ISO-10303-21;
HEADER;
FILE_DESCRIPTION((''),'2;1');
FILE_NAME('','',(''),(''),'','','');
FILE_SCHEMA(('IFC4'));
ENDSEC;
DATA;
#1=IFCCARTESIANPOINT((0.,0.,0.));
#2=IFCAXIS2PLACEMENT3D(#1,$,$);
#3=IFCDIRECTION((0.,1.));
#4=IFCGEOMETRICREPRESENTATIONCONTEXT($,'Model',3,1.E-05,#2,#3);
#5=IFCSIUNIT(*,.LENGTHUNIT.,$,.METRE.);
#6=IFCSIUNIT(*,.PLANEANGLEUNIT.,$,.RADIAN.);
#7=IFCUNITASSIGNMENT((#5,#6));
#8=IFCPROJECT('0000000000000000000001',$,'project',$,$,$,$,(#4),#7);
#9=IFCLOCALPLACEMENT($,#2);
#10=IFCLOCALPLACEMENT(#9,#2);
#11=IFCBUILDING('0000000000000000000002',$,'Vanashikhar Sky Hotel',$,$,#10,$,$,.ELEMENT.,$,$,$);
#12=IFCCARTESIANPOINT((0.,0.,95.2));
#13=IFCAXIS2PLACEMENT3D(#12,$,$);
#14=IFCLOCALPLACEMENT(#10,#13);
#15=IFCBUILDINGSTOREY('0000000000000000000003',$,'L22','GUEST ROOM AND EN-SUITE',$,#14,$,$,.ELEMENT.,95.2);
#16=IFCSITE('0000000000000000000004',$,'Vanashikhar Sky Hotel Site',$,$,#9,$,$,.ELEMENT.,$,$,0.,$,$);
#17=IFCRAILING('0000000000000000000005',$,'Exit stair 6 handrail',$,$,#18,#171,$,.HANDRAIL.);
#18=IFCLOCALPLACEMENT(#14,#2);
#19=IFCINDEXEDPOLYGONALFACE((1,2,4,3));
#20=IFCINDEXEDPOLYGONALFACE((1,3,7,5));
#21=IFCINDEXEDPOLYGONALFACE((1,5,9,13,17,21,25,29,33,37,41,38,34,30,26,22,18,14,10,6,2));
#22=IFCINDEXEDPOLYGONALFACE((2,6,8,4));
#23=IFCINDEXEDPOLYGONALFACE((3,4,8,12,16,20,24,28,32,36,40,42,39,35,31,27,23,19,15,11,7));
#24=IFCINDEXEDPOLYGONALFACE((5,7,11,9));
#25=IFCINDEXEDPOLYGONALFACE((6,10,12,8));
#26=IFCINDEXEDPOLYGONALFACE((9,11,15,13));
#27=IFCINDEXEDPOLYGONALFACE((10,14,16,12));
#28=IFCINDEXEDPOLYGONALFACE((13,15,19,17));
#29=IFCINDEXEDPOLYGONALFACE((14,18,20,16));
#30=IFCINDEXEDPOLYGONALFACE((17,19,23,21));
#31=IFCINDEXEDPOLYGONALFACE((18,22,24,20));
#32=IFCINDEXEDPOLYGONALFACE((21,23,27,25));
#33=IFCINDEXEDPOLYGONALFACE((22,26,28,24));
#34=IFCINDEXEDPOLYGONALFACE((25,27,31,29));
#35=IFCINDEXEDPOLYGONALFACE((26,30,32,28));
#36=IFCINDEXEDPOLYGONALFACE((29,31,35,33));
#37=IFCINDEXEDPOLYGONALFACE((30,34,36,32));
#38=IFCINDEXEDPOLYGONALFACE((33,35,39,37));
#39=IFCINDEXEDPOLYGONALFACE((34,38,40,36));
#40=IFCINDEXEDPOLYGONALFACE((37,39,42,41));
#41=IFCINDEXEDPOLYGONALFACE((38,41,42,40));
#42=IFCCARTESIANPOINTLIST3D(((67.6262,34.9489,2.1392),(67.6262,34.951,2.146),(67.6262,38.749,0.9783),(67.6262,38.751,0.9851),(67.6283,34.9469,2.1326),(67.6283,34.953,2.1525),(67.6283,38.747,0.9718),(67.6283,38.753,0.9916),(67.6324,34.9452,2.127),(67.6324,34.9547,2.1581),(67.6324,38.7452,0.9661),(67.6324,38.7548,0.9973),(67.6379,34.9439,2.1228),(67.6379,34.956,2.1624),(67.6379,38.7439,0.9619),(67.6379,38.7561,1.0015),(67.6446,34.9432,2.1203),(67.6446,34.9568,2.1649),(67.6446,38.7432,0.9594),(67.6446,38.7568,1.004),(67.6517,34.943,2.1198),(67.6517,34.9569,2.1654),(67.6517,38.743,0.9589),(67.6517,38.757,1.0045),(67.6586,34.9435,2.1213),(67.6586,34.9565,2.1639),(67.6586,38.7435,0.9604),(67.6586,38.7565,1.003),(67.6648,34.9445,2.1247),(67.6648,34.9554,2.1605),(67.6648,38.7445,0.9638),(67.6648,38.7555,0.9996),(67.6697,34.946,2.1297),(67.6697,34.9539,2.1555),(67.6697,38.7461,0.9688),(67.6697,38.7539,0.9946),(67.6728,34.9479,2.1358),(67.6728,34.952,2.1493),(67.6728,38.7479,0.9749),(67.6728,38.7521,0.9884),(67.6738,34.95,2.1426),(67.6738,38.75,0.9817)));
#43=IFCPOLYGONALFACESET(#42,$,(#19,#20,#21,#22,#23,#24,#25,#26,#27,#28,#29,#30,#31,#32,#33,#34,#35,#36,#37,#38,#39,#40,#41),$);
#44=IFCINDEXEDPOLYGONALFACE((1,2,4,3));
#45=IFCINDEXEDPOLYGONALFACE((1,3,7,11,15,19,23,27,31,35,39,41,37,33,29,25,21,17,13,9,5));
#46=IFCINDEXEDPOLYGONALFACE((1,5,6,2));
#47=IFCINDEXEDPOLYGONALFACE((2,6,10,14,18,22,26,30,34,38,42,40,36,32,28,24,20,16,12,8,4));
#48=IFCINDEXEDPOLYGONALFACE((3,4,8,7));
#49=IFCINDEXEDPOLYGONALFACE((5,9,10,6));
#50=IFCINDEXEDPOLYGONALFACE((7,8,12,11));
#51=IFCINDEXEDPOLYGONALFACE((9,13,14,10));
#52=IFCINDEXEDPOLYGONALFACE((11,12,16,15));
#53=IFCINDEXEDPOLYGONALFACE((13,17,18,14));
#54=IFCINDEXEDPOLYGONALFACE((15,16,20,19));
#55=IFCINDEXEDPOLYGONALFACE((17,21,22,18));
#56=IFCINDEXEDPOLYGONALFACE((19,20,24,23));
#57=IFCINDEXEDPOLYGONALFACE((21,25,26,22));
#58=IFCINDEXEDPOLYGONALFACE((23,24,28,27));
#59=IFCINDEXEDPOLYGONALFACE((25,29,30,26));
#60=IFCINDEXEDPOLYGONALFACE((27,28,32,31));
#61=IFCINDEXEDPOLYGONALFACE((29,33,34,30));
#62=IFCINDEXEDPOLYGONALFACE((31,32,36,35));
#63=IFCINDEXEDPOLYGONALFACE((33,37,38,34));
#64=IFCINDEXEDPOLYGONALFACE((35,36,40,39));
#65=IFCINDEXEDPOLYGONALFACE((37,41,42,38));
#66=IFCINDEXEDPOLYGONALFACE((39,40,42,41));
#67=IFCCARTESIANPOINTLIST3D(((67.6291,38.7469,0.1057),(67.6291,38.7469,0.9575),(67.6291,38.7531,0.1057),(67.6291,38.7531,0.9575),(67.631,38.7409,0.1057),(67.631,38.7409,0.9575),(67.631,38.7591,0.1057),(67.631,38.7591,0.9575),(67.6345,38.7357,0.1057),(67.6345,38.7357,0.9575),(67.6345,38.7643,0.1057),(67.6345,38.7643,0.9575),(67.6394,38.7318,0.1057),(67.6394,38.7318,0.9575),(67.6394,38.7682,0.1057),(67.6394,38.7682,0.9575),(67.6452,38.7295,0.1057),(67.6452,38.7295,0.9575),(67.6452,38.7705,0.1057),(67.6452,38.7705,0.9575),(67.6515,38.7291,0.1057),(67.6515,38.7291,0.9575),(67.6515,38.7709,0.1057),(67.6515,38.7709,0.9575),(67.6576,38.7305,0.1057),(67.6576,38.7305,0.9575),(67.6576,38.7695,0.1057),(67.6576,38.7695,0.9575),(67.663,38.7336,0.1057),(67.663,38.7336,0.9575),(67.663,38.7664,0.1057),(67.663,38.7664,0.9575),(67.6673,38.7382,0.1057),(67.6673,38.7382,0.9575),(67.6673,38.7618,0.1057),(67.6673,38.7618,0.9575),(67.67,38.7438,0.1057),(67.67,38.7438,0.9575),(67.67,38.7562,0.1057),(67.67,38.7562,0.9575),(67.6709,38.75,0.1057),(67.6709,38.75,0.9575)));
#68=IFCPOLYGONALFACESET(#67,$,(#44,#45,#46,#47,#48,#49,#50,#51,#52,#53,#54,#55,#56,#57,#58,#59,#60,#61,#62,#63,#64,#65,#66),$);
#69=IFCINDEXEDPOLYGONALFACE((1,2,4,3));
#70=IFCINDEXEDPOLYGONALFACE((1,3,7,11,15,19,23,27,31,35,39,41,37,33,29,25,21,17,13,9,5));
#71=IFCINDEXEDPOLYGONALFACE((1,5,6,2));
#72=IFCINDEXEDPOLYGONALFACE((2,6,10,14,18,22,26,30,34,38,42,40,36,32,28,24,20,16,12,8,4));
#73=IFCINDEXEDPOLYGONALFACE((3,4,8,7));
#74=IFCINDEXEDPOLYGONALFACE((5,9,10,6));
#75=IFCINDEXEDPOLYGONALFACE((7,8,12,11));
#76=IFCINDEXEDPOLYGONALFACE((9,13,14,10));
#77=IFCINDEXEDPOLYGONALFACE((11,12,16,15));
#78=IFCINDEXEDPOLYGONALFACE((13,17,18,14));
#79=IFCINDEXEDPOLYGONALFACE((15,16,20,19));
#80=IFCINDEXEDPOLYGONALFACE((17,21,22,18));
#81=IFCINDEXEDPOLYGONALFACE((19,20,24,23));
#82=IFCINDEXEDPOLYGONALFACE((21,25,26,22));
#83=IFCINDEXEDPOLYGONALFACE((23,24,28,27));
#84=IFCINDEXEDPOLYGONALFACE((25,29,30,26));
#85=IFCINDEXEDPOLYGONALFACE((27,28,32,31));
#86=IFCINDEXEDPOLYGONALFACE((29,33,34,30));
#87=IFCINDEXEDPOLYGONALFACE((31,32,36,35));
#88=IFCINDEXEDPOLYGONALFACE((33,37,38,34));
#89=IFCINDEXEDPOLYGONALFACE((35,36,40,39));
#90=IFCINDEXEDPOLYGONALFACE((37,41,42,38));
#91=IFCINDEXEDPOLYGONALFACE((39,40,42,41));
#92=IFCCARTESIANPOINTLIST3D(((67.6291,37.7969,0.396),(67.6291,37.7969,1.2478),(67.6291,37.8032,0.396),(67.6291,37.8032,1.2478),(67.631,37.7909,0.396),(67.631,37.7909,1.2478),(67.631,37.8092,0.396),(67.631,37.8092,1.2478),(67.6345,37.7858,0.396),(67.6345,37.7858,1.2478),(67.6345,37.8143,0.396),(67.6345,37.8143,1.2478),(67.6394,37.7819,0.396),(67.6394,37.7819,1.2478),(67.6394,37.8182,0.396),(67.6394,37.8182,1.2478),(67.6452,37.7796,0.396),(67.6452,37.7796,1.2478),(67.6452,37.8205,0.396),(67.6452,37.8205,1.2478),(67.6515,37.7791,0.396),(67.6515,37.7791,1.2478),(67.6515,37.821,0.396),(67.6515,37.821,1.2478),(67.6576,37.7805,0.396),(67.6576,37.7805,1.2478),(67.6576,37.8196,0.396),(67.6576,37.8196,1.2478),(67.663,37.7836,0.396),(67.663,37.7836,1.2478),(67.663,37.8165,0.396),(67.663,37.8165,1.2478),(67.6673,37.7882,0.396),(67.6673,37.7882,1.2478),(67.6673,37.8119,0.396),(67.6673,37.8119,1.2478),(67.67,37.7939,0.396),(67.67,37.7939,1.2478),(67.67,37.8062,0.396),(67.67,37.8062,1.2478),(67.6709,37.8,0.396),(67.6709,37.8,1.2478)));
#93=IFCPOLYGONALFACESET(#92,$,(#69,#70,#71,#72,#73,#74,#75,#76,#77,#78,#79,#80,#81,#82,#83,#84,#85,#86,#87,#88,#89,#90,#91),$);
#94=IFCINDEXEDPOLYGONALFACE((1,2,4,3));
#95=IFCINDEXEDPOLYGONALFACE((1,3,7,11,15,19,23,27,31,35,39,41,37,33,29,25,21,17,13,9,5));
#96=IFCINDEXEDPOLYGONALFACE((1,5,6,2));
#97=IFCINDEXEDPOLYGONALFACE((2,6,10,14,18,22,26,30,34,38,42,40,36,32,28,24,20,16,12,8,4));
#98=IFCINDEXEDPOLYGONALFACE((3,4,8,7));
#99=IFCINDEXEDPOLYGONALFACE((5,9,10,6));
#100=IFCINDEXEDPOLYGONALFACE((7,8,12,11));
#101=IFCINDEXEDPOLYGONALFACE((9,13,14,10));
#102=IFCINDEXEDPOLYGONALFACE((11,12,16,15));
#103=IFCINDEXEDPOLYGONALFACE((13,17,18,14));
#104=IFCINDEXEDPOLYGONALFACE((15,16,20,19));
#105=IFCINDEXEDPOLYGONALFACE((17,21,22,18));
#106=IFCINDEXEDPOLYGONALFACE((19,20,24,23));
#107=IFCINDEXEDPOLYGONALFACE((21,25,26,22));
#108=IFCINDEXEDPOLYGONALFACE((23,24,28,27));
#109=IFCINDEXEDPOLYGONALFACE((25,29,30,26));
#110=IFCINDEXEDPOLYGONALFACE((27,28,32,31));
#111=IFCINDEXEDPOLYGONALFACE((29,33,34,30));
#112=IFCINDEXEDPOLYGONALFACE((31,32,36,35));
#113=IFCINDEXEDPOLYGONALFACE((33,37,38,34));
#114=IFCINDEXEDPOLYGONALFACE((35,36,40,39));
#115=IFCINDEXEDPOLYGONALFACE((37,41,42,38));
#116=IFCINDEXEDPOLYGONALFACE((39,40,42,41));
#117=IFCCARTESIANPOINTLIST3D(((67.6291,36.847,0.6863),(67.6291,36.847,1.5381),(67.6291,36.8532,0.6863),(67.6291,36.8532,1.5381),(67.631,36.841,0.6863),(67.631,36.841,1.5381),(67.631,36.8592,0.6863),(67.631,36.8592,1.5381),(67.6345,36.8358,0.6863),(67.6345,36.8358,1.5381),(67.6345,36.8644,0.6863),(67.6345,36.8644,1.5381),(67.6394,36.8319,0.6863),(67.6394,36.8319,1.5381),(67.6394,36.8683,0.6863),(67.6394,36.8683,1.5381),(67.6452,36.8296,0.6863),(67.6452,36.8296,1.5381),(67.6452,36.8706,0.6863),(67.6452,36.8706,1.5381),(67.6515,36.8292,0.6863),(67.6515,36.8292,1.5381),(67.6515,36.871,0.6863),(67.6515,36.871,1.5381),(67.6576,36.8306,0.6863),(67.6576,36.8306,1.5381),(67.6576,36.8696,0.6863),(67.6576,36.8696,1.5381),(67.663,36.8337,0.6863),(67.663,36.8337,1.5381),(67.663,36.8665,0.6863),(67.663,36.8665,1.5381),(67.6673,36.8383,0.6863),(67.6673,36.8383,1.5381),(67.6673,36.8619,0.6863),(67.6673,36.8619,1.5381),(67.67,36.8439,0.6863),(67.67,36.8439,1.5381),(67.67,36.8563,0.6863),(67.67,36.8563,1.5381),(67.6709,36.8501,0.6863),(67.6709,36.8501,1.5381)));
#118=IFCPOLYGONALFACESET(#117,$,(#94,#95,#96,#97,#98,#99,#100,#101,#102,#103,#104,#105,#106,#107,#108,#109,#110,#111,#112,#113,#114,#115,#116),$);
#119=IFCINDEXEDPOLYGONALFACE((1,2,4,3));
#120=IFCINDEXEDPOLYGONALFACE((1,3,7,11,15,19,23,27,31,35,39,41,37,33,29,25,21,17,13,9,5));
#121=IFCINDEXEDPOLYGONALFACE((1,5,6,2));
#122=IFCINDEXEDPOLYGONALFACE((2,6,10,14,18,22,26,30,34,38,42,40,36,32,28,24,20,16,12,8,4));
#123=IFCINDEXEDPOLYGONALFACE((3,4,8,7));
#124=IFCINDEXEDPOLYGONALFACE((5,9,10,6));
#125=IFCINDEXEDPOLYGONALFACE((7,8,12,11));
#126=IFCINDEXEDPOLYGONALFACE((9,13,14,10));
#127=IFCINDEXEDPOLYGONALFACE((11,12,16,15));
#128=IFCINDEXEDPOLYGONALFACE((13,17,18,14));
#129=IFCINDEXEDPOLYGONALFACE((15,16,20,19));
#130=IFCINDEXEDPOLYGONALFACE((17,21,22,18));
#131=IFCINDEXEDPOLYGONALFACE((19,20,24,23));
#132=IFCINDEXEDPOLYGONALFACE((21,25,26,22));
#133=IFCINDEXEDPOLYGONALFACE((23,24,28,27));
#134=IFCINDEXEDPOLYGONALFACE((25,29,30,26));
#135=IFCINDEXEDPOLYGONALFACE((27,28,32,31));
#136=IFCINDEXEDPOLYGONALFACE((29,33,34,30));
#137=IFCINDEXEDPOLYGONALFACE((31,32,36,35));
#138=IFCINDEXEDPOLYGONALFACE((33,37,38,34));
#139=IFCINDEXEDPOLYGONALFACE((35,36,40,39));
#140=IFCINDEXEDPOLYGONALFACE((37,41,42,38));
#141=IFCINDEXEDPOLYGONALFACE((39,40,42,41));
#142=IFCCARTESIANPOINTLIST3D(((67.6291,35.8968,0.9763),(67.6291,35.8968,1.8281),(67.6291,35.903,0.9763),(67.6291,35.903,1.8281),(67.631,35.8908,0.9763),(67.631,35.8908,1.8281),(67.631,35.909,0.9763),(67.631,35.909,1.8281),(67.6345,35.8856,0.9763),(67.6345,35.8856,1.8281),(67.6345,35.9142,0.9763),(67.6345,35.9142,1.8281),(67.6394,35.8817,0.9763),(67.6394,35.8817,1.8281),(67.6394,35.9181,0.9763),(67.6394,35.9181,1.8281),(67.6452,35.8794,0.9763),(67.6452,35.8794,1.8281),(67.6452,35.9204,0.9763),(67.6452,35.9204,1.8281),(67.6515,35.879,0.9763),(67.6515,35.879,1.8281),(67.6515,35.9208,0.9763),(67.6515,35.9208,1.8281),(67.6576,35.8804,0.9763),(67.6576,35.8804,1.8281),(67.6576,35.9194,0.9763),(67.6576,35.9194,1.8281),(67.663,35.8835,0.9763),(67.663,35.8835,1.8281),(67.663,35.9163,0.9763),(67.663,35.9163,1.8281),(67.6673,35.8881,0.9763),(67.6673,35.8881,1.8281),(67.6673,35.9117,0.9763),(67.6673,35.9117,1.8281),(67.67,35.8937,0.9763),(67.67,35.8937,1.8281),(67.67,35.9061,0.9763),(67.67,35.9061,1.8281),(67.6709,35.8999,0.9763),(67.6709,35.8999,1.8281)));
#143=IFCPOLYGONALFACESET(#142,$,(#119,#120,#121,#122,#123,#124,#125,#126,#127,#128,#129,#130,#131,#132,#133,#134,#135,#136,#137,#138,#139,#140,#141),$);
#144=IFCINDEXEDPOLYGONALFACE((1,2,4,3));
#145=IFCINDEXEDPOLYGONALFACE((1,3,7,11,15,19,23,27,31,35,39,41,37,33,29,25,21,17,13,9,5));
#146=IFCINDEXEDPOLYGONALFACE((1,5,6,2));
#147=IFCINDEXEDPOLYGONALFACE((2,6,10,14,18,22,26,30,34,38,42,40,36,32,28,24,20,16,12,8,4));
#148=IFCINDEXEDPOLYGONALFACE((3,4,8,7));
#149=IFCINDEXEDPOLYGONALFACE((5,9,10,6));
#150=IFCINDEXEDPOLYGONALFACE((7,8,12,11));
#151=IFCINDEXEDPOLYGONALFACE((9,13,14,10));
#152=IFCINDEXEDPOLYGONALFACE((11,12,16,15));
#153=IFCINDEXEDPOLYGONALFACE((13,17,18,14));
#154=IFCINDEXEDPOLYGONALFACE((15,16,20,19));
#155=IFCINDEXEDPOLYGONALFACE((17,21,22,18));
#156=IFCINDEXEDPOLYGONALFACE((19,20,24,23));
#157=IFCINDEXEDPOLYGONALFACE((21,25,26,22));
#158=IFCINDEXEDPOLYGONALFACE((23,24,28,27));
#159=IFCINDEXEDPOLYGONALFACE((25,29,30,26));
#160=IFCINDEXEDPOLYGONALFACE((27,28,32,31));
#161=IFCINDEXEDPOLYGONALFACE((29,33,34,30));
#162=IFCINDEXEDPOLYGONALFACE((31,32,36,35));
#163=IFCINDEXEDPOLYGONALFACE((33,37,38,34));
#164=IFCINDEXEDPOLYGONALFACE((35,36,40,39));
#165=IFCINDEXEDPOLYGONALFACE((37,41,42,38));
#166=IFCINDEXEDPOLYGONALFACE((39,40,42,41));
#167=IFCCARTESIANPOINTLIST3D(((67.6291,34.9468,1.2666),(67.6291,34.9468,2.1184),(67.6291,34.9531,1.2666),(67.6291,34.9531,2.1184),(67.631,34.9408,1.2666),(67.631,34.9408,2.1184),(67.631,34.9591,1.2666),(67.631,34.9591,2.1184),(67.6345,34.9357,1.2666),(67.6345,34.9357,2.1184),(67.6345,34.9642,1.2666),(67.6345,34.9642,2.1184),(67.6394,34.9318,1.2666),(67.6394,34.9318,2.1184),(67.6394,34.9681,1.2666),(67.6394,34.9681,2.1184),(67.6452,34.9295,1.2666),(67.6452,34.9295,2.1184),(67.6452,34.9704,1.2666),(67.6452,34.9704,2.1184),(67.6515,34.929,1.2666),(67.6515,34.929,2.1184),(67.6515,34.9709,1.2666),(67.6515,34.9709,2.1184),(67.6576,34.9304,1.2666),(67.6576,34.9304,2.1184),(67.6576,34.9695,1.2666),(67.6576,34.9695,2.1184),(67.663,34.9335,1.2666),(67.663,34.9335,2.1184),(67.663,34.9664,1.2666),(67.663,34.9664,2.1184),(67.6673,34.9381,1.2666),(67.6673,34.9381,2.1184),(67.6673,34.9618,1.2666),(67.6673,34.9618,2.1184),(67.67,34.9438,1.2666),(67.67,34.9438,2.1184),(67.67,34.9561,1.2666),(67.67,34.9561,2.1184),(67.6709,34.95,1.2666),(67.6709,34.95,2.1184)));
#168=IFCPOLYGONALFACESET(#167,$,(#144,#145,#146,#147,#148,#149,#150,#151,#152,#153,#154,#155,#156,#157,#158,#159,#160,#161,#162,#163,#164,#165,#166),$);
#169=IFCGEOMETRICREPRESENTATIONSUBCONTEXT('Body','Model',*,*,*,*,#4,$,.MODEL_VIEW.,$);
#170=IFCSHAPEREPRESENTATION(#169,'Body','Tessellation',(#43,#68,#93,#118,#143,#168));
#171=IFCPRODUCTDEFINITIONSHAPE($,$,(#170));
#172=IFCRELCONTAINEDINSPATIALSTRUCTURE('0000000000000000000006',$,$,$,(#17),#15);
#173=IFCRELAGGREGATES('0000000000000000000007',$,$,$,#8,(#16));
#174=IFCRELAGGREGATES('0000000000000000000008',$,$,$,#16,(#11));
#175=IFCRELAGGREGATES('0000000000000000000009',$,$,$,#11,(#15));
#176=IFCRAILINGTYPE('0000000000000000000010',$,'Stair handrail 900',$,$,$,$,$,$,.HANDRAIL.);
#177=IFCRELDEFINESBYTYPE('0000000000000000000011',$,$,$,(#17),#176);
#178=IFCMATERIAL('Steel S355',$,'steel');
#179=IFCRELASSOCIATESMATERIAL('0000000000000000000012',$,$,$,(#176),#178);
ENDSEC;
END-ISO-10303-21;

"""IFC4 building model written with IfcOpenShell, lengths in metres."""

from ifc_helpers import new_model, si_unit, direction, frame, origin, origin_2d, place, context, subcontext, project, spatial, circle, extrude, source, transform, mapped, material, type_object, element, save


model = new_model("IFC4")

# Units and contexts
model_context = context("Model", 3, precision=1e-05, world=origin(), true_north=direction((0.0, 1.0)))
body_context = subcontext(model_context, "Body", "Model", "MODEL_VIEW")
ifc_project = project(units=[si_unit("LENGTHUNIT", "METRE"), si_unit("PLANEANGLEUNIT", "RADIAN")], contexts=[model_context])

# Site, building, storey
site_placement = place(None, origin())
site = spatial("IfcSite", under=ifc_project, at=site_placement, Name="Vanashikhar Sky Hotel Site", CompositionType="ELEMENT", RefElevation=0.0)
building_placement = place(site_placement, origin())
building = spatial("IfcBuilding", under=site, at=building_placement, Name="Vanashikhar Sky Hotel", CompositionType="ELEMENT")
storey_placement = place(building_placement, frame((0.0, 0.0, 95.2)))
storey = spatial("IfcBuildingStorey", under=building, at=storey_placement, Name="L22", Description="GUEST ROOM AND EN-SUITE", CompositionType="ELEMENT", Elevation=95.2)

# Railing
ifc_material_1 = material(Name="Steel S355", Category="steel")
railing_type_1 = type_object("IfcRailingType", Name="Stair handrail 900", PredefinedType="HANDRAIL", material=ifc_material_1)
shared_shape_1 = source(origin(), body_context, "Body", "SweptSolid", [
    extrude(circle(Radius=0.0239, at=origin_2d()), frame((0.0, 0.0, 0.876), z_axis=(0.0, -0.956368, 0.292164), x_axis=(1.0, 0.0, 0.0)), (0.0, 0.0, 1.0), 3.9734),
    extrude(circle(Radius=0.021, at=origin_2d()), origin(), (0.0, 0.0, 1.0), 0.8518),
    extrude(circle(Radius=0.021, at=origin_2d()), frame((0.0, -0.95, 0.2903)), (0.0, 0.0, 1.0), 0.8518),
    extrude(circle(Radius=0.021, at=origin_2d()), frame((0.0, -1.8999, 0.5806)), (0.0, 0.0, 1.0), 0.8518),
    extrude(circle(Radius=0.021, at=origin_2d()), frame((0.0, -2.8501, 0.8706)), (0.0, 0.0, 1.0), 0.8518),
    extrude(circle(Radius=0.021, at=origin_2d()), frame((0.0, -3.8, 1.1609)), (0.0, 0.0, 1.0), 0.8518),
])
for number, where, name in (
    (1, (67.6499, 38.75, 0.1057), "Exit stair 6 handrail"),
):
    element("IfcRailing", number, at=place(storey_placement, frame(where)), inside=storey, type_object=railing_type_1, Name=name, PredefinedType="HANDRAIL", context=body_context, shape_type="MappedRepresentation", body=[
        mapped(shared_shape_1, transform((0.0, 0.0, 0.0), scale=1.0)),
    ])

save(model, "model.ifc")
